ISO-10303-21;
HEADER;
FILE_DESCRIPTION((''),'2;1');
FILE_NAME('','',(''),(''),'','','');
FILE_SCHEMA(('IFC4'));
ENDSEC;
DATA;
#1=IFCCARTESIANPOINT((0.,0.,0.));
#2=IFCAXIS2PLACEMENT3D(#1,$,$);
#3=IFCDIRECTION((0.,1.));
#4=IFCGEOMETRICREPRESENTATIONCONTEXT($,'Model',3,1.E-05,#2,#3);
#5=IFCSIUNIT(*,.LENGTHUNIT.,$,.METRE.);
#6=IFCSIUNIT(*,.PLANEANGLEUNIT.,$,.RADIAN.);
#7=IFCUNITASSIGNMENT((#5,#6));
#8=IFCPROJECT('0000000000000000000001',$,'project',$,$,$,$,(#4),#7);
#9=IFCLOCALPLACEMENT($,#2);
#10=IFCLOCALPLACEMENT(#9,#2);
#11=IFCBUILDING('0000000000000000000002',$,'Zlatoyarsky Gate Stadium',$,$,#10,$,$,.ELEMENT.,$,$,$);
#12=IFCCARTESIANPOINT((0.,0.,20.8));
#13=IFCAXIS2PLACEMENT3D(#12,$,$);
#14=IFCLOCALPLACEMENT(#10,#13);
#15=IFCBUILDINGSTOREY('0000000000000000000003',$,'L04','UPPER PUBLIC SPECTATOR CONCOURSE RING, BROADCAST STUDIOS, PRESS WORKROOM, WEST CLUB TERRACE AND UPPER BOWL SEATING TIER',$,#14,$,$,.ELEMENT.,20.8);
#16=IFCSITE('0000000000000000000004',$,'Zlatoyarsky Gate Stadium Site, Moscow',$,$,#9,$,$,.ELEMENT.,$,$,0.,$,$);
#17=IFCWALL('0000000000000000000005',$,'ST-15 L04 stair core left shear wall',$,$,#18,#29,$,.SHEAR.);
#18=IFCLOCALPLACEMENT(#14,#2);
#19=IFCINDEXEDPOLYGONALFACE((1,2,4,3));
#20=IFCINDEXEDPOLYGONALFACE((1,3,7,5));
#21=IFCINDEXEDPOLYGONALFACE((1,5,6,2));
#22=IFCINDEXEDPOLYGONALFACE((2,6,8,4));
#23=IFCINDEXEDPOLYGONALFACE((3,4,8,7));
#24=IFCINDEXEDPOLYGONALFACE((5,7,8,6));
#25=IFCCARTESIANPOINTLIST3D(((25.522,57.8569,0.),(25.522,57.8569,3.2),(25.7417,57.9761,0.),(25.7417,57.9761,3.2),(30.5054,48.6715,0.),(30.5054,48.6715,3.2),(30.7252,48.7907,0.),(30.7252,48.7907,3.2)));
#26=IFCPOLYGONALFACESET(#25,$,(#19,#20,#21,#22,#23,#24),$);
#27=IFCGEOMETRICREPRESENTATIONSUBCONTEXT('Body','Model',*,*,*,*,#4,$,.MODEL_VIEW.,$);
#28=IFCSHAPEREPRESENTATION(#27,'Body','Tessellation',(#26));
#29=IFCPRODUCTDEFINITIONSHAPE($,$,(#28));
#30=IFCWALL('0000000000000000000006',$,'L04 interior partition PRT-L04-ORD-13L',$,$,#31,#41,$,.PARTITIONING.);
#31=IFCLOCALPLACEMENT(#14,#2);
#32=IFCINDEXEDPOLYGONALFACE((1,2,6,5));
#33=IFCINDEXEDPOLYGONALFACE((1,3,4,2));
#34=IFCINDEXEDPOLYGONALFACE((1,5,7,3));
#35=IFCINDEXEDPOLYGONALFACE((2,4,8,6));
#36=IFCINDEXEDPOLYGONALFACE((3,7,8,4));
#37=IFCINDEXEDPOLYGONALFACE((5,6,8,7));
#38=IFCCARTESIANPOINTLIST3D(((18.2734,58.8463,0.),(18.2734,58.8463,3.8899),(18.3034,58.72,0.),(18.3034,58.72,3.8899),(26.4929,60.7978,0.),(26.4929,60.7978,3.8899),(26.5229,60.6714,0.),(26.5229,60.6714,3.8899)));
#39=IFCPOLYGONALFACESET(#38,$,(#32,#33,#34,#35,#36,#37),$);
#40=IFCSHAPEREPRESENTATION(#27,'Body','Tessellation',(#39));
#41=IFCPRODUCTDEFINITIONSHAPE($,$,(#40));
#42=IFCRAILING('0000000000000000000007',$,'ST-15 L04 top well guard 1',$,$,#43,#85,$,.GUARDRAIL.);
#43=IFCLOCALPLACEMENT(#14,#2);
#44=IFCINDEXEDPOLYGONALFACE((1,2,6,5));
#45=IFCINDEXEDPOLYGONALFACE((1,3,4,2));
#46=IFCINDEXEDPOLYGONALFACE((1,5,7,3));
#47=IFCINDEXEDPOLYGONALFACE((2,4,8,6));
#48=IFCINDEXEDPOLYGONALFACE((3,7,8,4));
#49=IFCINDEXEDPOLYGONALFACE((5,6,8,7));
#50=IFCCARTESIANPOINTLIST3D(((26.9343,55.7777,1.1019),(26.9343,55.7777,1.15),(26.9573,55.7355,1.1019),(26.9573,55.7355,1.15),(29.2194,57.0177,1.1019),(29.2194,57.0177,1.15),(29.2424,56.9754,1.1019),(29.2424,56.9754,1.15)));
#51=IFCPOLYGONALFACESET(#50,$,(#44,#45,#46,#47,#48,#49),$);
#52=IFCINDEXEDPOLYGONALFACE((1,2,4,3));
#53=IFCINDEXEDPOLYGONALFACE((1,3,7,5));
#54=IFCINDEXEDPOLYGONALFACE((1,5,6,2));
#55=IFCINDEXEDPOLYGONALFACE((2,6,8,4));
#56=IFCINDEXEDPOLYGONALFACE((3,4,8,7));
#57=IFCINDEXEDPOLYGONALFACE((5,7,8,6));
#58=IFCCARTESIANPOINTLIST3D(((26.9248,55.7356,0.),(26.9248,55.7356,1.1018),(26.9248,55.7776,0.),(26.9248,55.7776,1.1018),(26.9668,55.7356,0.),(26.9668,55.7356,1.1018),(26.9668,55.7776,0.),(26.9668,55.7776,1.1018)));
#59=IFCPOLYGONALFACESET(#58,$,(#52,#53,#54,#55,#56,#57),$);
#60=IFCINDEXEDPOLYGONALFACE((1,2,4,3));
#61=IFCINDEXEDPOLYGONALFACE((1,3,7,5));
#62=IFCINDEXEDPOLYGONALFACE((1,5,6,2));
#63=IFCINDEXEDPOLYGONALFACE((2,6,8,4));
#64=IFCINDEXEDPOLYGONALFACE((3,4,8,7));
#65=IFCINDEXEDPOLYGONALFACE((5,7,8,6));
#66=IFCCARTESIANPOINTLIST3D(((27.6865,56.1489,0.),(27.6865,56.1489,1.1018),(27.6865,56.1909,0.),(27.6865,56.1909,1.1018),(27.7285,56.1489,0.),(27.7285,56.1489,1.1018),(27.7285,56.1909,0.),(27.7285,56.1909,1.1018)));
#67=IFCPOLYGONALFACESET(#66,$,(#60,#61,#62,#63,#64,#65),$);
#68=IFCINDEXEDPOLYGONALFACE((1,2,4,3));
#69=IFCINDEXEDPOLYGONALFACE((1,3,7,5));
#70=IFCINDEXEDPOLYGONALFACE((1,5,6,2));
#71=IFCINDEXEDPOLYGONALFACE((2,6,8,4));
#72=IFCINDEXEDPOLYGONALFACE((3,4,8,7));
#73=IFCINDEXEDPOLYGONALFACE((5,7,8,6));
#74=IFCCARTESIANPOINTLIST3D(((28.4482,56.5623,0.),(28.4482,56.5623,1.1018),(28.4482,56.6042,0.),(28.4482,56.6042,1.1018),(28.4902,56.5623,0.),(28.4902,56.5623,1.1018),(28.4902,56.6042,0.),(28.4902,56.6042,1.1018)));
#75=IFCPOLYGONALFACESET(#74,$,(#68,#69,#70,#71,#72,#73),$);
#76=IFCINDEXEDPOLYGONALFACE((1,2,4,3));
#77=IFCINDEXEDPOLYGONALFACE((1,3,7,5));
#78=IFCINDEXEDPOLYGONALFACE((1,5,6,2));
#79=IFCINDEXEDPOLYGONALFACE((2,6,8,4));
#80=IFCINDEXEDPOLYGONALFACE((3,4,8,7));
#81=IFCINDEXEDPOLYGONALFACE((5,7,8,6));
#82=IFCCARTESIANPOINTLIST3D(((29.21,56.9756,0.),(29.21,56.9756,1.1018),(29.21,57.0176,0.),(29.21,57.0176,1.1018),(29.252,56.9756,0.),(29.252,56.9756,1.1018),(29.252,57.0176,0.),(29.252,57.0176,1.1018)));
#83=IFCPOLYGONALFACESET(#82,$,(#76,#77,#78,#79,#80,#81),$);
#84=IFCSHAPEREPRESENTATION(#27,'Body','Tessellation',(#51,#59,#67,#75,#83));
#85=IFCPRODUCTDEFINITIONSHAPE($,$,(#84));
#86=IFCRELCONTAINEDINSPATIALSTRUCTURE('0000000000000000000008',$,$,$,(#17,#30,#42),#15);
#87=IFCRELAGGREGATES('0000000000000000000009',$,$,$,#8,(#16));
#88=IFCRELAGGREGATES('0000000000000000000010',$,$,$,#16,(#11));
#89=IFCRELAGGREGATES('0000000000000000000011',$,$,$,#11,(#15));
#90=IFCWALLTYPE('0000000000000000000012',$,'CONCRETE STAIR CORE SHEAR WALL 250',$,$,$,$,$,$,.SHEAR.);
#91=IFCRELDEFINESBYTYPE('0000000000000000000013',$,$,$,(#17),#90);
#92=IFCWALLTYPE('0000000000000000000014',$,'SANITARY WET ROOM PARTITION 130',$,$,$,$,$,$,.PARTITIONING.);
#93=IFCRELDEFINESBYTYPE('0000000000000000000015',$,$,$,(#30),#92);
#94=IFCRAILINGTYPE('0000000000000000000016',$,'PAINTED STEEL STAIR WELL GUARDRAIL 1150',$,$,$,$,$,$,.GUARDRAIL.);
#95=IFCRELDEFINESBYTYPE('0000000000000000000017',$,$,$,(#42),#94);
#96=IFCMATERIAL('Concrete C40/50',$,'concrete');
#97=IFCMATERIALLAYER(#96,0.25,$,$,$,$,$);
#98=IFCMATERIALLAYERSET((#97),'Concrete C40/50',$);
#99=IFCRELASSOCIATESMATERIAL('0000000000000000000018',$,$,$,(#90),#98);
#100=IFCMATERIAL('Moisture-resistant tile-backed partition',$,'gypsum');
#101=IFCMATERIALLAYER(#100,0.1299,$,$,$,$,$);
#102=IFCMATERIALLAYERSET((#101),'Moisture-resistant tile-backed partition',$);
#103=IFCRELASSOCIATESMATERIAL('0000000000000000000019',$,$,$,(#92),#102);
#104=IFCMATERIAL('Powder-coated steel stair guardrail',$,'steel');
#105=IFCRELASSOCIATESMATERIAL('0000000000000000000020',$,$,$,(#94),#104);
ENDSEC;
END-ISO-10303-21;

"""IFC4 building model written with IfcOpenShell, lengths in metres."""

from ifc_helpers import new_model, si_unit, direction, frame, frame_2d, origin, origin_2d, place, context, subcontext, project, spatial, rectangle, extrude, material, layer, layer_set, type_object, element, save


model = new_model("IFC4")

# Units and contexts
model_context = context("Model", 3, precision=1e-05, world=origin(), true_north=direction((0.0, 1.0)))
body_context = subcontext(model_context, "Body", "Model", "MODEL_VIEW")
ifc_project = project(units=[si_unit("LENGTHUNIT", "METRE"), si_unit("PLANEANGLEUNIT", "RADIAN")], contexts=[model_context])

# Site, building, storey
site_placement = place(None, origin())
site = spatial("IfcSite", under=ifc_project, at=site_placement, Name="Zlatoyarsky Gate Stadium Site, Moscow", CompositionType="ELEMENT", RefElevation=0.0)
building_placement = place(site_placement, origin())
building = spatial("IfcBuilding", under=site, at=building_placement, Name="Zlatoyarsky Gate Stadium", CompositionType="ELEMENT")
storey_placement = place(building_placement, frame((0.0, 0.0, 20.8)))
storey = spatial("IfcBuildingStorey", under=building, at=storey_placement, Name="L04", Description="UPPER PUBLIC SPECTATOR CONCOURSE RING, BROADCAST STUDIOS, PRESS WORKROOM, WEST CLUB TERRACE AND UPPER BOWL SEATING TIER", CompositionType="ELEMENT", Elevation=20.8)

# Shared definitions
ifc_material_1 = material(Name="Concrete C40/50", Category="concrete")
ifc_layer_1 = layer(ifc_material_1, 0.25)
ifc_layer_set_1 = layer_set([ifc_layer_1], Name="Concrete C40/50")
wall_type_1 = type_object("IfcWallType", Name="CONCRETE STAIR CORE SHEAR WALL 250", PredefinedType="SHEAR", material=ifc_layer_set_1)

# Walls
wall_1_placement = place(storey_placement, frame((25.6318, 57.9165, 0.0), z_axis=(0.0, 0.0, 1.0), x_axis=(0.476877, -0.87897, 0.0)))
element("IfcWall", 1, at=wall_1_placement, inside=storey, type_object=wall_type_1, Name="ST-15 L04 stair core left shear wall", PredefinedType="SHEAR", context=body_context, shape_type="SweptSolid", body=[
    extrude(rectangle(XDim=10.4502, YDim=0.25, at=frame_2d((5.2251, 0.0))), origin(), (0.0, 0.0, 1.0), 3.2),
])
ifc_material_2 = material(Name="Moisture-resistant tile-backed partition", Category="gypsum")
ifc_layer_2 = layer(ifc_material_2, 0.1299)
ifc_layer_set_2 = layer_set([ifc_layer_2], Name="Moisture-resistant tile-backed partition")
wall_type_2 = type_object("IfcWallType", Name="SANITARY WET ROOM PARTITION 130", PredefinedType="PARTITIONING", material=ifc_layer_set_2)
wall_2_placement = place(storey_placement, frame((26.5081, 60.7346, 0.0), z_axis=(0.0, 0.0, 1.0), x_axis=(-0.972955, -0.230993, 0.0)))
element("IfcWall", 2, at=wall_2_placement, inside=storey, type_object=wall_type_2, Name="L04 interior partition PRT-L04-ORD-13L", PredefinedType="PARTITIONING", context=body_context, shape_type="SweptSolid", body=[
    extrude(rectangle(XDim=8.448, YDim=0.1299, at=frame_2d((4.2241, 0.0))), origin(), (0.0, 0.0, 1.0), 3.8899),
])

# Railing
ifc_material_3 = material(Name="Powder-coated steel stair guardrail", Category="steel")
railing_type = type_object("IfcRailingType", Name="PAINTED STEEL STAIR WELL GUARDRAIL 1150", PredefinedType="GUARDRAIL", material=ifc_material_3)
railing_placement = place(storey_placement, frame((26.9458, 55.7566, 0.0)))
element("IfcRailing", 3, at=railing_placement, inside=storey, type_object=railing_type, Name="ST-15 L04 top well guard 1", PredefinedType="GUARDRAIL", context=body_context, shape_type="SweptSolid", body=[
    extrude(rectangle(XDim=0.0481, YDim=0.0481, at=origin_2d()), frame((0.0, 0.0, 1.126), z_axis=(0.878938, 0.476936, 0.0), x_axis=(-0.476936, 0.878938, 0.0)), (0.0, 0.0, 1.0), 2.5999),
    extrude(rectangle(XDim=0.042, YDim=0.042, at=origin_2d()), origin(), (0.0, 0.0, 1.0), 1.1018),
    extrude(rectangle(XDim=0.042, YDim=0.042, at=origin_2d()), frame((0.7617, 0.4133, 0.0)), (0.0, 0.0, 1.0), 1.1018),
    extrude(rectangle(XDim=0.042, YDim=0.042, at=origin_2d()), frame((1.5234, 0.8267, 0.0)), (0.0, 0.0, 1.0), 1.1018),
    extrude(rectangle(XDim=0.042, YDim=0.042, at=origin_2d()), frame((2.2852, 1.24, 0.0)), (0.0, 0.0, 1.0), 1.1018),
])

save(model, "model.ifc")
